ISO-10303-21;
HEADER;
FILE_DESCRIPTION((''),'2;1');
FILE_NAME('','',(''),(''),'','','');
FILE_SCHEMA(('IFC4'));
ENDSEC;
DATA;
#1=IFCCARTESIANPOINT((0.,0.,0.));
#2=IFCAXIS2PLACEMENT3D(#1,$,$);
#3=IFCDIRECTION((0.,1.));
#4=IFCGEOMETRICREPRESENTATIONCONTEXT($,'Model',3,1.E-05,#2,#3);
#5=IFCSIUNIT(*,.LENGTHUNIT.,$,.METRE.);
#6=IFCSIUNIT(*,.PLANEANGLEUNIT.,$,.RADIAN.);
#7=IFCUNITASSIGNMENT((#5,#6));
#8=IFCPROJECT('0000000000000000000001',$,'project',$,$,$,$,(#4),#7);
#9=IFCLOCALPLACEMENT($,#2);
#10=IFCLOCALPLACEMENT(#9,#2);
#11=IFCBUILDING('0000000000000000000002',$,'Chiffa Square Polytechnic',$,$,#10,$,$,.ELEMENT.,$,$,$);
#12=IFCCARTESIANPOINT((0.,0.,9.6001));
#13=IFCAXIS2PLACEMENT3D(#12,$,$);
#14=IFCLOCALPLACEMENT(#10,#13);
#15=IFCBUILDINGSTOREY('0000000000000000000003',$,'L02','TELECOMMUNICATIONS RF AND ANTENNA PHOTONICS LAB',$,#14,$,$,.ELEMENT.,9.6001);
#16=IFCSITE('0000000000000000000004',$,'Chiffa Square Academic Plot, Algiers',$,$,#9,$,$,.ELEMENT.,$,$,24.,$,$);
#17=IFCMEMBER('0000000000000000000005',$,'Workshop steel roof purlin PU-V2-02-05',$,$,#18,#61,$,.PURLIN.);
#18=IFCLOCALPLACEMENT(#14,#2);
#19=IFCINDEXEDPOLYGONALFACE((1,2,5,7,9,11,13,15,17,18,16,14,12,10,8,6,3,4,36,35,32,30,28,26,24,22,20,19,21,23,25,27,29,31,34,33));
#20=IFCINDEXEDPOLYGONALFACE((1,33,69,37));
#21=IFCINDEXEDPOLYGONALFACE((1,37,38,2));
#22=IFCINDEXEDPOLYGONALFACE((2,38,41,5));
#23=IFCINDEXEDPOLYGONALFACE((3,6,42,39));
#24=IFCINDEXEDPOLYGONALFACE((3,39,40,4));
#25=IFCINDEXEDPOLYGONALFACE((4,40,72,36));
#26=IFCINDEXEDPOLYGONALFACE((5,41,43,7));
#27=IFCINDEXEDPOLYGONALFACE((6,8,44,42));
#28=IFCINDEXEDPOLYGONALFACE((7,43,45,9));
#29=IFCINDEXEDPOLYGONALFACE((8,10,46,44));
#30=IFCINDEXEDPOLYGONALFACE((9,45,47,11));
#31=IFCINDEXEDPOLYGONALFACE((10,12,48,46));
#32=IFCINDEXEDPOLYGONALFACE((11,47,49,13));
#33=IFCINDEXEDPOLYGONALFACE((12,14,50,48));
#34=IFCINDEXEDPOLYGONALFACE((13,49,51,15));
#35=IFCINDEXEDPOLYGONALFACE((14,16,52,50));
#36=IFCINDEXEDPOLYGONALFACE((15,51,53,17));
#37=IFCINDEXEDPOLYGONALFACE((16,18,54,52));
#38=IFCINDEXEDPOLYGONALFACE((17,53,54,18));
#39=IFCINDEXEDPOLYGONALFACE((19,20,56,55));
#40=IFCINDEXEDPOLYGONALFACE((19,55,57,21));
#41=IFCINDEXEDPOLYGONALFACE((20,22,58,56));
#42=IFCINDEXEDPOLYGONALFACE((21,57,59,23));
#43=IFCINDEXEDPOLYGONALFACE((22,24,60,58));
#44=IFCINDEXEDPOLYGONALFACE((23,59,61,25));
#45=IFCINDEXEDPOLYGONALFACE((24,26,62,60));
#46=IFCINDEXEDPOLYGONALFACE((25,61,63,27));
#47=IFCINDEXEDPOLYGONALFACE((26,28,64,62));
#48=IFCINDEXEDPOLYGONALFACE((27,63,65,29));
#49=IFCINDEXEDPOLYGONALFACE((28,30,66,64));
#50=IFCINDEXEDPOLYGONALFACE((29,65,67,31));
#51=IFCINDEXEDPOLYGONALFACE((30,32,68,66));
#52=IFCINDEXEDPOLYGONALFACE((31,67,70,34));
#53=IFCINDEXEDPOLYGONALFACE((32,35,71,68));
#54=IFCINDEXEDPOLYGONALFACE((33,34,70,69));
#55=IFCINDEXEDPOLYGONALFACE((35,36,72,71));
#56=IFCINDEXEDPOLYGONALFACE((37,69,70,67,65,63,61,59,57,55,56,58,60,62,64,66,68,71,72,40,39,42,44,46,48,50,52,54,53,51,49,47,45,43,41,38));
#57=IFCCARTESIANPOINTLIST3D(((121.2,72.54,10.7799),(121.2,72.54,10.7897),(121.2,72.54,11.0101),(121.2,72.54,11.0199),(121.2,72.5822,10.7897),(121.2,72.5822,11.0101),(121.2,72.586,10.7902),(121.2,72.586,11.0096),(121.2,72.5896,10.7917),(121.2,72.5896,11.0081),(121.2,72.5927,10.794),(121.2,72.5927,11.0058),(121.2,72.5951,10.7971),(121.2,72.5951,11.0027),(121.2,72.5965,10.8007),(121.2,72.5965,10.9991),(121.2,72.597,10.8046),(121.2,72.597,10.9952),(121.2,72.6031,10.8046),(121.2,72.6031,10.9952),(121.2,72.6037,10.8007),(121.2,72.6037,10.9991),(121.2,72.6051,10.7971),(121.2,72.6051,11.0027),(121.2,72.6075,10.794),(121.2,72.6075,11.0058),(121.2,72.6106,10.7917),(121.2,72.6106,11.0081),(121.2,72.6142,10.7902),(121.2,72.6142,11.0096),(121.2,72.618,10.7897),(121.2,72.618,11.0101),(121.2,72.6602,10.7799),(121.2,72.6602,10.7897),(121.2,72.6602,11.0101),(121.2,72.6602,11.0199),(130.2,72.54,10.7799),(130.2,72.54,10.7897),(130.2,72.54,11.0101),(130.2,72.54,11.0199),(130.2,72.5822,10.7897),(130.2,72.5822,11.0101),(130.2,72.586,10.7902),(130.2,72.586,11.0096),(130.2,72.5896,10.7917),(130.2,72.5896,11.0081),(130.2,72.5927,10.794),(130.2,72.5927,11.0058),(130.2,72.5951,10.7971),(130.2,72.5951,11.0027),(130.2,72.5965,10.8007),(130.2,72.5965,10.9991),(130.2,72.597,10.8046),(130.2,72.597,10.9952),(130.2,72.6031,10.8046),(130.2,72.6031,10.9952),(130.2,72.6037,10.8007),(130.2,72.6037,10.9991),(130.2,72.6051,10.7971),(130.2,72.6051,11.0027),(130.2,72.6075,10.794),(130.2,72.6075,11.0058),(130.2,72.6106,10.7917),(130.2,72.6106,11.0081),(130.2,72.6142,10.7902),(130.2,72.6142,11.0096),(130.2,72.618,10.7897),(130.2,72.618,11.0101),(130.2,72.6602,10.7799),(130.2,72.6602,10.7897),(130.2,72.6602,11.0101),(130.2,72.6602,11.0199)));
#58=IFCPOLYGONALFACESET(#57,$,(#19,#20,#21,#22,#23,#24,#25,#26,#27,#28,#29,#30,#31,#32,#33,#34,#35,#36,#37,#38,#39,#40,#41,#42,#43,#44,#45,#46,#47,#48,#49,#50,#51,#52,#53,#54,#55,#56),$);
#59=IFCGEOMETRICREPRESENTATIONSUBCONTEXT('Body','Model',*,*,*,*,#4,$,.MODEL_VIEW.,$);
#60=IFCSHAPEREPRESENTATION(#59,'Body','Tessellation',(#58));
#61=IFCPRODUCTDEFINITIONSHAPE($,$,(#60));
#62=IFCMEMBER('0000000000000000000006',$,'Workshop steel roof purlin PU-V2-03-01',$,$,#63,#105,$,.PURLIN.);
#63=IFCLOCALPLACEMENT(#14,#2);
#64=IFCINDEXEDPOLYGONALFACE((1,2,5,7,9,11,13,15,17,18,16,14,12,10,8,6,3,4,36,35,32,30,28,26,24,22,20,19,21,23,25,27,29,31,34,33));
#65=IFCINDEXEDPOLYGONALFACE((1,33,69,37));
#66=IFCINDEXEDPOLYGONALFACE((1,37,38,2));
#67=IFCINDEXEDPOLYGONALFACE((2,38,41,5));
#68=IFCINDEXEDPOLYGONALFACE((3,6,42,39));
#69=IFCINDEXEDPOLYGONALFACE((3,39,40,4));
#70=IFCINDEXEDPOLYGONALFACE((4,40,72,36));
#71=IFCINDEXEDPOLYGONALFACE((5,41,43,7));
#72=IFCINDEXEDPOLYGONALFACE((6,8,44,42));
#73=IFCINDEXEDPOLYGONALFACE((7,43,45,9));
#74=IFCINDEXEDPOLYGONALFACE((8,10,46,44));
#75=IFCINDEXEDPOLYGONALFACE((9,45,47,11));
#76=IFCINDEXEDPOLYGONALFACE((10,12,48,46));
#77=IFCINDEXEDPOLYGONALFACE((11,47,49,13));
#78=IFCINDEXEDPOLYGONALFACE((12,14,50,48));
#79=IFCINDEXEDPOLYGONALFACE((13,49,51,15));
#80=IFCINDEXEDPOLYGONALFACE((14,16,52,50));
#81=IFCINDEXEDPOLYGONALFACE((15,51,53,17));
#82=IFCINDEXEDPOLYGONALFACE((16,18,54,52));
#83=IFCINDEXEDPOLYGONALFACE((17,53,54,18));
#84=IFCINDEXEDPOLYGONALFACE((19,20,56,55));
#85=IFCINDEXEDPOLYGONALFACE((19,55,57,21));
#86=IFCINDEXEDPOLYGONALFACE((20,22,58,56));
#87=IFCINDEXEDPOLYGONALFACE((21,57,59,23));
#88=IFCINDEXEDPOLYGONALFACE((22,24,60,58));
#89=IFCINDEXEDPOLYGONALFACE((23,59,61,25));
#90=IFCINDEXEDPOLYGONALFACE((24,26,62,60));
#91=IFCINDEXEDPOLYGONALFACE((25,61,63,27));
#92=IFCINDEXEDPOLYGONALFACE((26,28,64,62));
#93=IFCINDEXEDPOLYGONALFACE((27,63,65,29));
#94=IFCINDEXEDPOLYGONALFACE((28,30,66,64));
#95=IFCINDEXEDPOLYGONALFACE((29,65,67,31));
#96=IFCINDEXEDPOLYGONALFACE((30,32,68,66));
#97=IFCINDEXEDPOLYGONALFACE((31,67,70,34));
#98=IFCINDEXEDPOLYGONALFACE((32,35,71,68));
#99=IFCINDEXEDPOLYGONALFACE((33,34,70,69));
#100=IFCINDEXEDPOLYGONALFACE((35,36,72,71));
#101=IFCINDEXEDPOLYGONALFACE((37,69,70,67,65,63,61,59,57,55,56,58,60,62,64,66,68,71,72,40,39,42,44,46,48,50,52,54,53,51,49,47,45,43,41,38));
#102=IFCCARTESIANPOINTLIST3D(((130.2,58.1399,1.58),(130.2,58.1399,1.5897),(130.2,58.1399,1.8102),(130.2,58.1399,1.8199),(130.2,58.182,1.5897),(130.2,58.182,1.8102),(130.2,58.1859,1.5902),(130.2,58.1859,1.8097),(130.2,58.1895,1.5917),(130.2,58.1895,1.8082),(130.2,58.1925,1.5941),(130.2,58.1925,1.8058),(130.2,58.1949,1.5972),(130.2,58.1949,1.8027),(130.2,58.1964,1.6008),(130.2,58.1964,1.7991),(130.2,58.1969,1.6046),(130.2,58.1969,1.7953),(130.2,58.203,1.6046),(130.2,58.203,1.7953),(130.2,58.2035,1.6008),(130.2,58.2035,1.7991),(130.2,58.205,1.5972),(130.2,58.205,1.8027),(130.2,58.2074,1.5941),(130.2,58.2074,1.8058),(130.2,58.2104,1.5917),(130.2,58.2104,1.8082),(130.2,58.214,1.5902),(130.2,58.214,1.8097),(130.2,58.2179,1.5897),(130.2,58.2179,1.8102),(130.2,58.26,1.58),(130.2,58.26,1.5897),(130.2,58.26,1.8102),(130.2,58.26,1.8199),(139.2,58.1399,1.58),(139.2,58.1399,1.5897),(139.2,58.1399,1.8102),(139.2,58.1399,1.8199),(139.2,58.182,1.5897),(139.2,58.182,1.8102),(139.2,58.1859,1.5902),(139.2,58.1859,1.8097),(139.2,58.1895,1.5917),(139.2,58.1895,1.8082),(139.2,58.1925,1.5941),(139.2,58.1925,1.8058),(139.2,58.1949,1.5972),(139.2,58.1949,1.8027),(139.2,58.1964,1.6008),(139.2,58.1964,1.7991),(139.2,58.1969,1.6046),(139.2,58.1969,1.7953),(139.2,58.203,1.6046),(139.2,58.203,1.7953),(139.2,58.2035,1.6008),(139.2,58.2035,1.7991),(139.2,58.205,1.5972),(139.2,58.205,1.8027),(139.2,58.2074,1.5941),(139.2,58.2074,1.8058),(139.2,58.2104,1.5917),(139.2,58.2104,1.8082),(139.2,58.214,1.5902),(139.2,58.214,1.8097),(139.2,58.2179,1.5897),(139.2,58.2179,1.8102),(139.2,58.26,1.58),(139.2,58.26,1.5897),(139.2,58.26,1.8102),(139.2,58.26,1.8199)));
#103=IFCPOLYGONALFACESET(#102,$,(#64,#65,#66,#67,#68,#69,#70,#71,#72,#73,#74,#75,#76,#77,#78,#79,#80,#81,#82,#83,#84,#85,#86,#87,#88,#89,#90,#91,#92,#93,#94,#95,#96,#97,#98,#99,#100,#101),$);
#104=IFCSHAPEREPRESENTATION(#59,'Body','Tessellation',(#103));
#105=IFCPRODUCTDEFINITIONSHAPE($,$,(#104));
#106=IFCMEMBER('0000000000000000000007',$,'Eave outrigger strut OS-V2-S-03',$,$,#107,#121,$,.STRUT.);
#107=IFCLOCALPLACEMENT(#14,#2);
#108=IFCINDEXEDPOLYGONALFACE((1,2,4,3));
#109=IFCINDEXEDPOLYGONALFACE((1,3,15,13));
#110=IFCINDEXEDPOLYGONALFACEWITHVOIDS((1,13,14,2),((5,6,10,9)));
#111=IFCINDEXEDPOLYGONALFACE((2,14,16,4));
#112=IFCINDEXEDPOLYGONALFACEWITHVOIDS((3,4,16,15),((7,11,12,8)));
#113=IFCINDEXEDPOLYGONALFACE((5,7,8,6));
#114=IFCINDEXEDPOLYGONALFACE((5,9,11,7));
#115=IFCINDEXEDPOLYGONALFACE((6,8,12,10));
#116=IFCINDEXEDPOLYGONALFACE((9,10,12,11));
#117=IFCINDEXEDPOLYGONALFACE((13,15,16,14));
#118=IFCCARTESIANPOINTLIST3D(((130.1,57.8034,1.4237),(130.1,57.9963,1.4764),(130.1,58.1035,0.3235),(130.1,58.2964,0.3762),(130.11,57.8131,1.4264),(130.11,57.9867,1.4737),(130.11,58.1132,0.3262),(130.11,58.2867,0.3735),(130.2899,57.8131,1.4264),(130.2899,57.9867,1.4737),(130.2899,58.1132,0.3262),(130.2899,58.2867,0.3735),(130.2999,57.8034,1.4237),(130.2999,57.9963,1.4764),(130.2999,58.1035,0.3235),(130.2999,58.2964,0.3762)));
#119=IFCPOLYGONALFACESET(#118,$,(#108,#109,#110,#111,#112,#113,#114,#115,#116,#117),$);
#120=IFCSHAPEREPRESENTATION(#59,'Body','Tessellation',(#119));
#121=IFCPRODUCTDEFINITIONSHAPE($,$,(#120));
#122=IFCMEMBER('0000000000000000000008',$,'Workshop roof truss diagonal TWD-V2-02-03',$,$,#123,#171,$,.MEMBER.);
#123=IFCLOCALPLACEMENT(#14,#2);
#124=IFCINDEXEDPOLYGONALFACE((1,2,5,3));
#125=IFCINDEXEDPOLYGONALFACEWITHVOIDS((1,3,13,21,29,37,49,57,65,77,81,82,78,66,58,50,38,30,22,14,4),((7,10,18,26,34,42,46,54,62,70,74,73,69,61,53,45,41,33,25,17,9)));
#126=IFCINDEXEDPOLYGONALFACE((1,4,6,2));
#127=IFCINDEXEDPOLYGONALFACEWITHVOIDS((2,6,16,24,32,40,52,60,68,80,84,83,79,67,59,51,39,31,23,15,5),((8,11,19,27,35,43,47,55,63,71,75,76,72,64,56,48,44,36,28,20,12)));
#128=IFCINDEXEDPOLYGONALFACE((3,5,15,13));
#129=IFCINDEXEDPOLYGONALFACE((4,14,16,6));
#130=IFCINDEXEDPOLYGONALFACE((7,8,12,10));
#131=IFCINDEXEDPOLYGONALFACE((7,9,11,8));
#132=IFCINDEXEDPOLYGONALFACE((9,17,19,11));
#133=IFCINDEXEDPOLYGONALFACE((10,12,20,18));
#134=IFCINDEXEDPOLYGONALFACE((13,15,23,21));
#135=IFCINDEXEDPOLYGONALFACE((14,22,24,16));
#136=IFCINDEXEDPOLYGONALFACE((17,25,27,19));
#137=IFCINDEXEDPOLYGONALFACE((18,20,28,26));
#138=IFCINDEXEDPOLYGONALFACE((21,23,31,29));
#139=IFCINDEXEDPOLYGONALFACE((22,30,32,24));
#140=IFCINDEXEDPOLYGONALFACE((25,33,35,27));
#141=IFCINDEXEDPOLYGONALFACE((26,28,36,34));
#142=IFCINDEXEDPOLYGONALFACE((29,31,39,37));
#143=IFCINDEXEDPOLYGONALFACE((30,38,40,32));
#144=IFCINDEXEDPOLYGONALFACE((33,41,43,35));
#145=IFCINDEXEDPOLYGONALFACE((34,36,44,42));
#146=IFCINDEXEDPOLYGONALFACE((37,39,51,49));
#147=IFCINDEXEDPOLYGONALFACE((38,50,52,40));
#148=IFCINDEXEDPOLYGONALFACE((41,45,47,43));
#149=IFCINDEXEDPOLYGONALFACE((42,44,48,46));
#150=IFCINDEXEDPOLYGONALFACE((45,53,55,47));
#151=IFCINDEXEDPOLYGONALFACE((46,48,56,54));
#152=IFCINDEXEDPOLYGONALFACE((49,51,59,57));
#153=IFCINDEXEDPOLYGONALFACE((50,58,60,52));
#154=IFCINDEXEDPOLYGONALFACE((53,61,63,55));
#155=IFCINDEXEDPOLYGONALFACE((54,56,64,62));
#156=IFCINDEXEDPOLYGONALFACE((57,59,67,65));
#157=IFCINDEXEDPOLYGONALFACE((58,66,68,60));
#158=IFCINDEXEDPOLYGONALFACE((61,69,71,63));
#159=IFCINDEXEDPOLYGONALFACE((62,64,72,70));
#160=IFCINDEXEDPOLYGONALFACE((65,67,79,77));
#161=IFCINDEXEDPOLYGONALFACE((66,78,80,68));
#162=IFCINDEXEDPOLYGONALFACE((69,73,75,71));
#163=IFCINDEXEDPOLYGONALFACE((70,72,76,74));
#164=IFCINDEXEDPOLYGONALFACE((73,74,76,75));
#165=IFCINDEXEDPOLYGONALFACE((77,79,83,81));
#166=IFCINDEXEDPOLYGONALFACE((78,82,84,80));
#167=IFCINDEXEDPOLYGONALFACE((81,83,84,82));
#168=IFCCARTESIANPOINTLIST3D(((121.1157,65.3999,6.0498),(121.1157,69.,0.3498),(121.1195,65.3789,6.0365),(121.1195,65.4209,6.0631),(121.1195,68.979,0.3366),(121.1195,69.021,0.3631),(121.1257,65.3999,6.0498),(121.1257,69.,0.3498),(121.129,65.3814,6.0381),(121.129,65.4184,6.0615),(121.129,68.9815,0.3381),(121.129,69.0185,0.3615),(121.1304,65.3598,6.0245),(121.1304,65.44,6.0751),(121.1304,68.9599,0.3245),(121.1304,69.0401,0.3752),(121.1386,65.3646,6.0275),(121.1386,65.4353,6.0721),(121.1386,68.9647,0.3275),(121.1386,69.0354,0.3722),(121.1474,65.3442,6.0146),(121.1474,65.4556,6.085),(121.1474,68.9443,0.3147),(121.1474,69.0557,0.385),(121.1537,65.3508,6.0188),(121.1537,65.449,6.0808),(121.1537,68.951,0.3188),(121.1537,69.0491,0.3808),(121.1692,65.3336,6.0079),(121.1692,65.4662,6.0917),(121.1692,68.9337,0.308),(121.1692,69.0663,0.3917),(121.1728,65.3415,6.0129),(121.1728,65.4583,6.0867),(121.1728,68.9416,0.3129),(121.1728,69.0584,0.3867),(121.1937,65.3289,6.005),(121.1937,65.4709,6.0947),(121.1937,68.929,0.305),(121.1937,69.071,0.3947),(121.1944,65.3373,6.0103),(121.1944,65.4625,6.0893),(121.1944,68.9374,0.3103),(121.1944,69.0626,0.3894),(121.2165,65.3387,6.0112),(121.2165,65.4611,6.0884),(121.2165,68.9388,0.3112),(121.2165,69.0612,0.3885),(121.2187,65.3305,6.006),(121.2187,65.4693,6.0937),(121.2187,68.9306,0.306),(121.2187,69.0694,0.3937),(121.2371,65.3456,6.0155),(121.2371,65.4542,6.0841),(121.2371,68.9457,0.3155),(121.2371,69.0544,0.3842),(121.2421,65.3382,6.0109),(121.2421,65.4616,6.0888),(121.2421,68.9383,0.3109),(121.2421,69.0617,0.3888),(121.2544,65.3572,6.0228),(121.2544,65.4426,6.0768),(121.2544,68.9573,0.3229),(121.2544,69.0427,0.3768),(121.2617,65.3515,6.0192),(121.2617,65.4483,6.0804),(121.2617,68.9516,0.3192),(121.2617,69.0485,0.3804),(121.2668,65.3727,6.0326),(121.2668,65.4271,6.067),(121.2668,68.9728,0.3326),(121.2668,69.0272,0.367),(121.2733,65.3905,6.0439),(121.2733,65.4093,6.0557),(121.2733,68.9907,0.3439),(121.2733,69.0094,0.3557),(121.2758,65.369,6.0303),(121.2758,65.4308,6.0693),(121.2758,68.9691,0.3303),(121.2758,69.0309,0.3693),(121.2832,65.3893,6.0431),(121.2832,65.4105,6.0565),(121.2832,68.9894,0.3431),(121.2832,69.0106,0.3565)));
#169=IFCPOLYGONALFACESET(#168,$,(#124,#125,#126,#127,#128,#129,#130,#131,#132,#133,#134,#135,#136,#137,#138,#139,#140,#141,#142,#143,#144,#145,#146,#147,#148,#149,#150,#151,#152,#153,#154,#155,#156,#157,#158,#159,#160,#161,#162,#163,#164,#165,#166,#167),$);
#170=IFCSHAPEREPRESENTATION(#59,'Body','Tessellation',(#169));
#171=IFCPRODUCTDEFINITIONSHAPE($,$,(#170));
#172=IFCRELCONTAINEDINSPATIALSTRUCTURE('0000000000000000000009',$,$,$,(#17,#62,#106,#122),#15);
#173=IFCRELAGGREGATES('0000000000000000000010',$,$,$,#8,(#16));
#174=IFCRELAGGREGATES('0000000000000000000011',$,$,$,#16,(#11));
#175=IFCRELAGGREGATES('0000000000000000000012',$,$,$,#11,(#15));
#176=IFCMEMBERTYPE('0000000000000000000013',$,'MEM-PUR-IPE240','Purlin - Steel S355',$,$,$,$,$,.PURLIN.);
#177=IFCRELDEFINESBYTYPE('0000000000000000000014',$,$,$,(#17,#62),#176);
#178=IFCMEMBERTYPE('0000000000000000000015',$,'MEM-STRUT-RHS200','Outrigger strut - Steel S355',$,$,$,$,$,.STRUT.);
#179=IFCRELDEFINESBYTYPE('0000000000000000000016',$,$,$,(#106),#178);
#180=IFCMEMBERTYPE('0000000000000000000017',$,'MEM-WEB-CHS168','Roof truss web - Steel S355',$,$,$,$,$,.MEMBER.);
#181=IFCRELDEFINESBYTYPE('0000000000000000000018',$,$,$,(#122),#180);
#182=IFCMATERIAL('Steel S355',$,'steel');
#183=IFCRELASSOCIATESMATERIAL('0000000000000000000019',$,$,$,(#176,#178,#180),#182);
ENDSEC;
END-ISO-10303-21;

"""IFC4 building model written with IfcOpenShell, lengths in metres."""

from ifc_helpers import new_model, si_unit, direction, frame, origin, origin_2d, place, context, subcontext, project, spatial, hollow_rectangle, hollow_circle, i_section, extrude, material, material_profile, profile_set, type_object, element, save


model = new_model("IFC4")

# Units and contexts
model_context = context("Model", 3, precision=1e-05, world=origin(), true_north=direction((0.0, 1.0)))
body_context = subcontext(model_context, "Body", "Model", "MODEL_VIEW")
ifc_project = project(units=[si_unit("LENGTHUNIT", "METRE"), si_unit("PLANEANGLEUNIT", "RADIAN")], contexts=[model_context])

# Site, building, storey
site_placement = place(None, origin())
site = spatial("IfcSite", under=ifc_project, at=site_placement, Name="Chiffa Square Academic Plot, Algiers", CompositionType="ELEMENT", RefElevation=24.0)
building_placement = place(site_placement, origin())
building = spatial("IfcBuilding", under=site, at=building_placement, Name="Chiffa Square Polytechnic", CompositionType="ELEMENT")
storey_placement = place(building_placement, frame((0.0, 0.0, 9.6001)))
storey = spatial("IfcBuildingStorey", under=building, at=storey_placement, Name="L02", Description="TELECOMMUNICATIONS RF AND ANTENNA PHOTONICS LAB", CompositionType="ELEMENT", Elevation=9.6001)

# Shared definitions
ifc_material_1 = material(Name="Steel S355", Category="steel")

# Members
ifc_material_profile_1 = material_profile(ifc_material_1, i_section(OverallWidth=0.1201, OverallDepth=0.24, WebThickness=0.0061, FlangeThickness=0.0098, FilletRadius=0.0149, at=origin_2d()), Name="IPE 240")
ifc_profile_set_1 = profile_set([ifc_material_profile_1], Name="Steel S355")
member_type_1 = type_object("IfcMemberType", Name="MEM-PUR-IPE240", Description="Purlin - Steel S355", PredefinedType="PURLIN", material=ifc_profile_set_1)
for number, where, z_axis, x_axis, name in (
    (1, (121.2, 72.6001, 10.8999), (1.0, 0.0, 0.0), (0.0, 1.0, 0.0), "Workshop steel roof purlin PU-V2-02-05"),
    (2, (130.2, 58.2, 1.7), (1.0, 0.0, 0.0), (0.0, 1.0, 0.0), "Workshop steel roof purlin PU-V2-03-01"),
):
    element("IfcMember", number, at=place(storey_placement, frame(where, z_axis=z_axis, x_axis=x_axis)), inside=storey, type_object=member_type_1, Name=name, PredefinedType="PURLIN", context=body_context, shape_type="SweptSolid", body=[
        extrude(i_section(OverallWidth=0.1201, OverallDepth=0.24, WebThickness=0.0061, FlangeThickness=0.0098, FilletRadius=0.0149, at=origin_2d()), origin(), (0.0, 0.0, 1.0), 9.0),
    ])
ifc_material_profile_2 = material_profile(ifc_material_1, hollow_rectangle(XDim=0.2, YDim=0.2, WallThickness=0.01, at=origin_2d()), Name="RHS 200x200x10")
ifc_profile_set_2 = profile_set([ifc_material_profile_2], Name="Steel S355")
member_type_2 = type_object("IfcMemberType", Name="MEM-STRUT-RHS200", Description="Outrigger strut - Steel S355", PredefinedType="STRUT", material=ifc_profile_set_2)
member_1_placement = place(storey_placement, frame((130.2, 58.2, 0.3499), z_axis=(0.0, -0.263136, 0.964759), x_axis=(1.0, 0.0, 0.0)))
element("IfcMember", 3, at=member_1_placement, inside=storey, type_object=member_type_2, Name="Eave outrigger strut OS-V2-S-03", PredefinedType="STRUT", context=body_context, shape_type="SweptSolid", body=[
    extrude(hollow_rectangle(XDim=0.2, YDim=0.2, WallThickness=0.01, at=origin_2d()), origin(), (0.0, 0.0, 1.0), 1.1404),
])
ifc_material_profile_3 = material_profile(ifc_material_1, hollow_circle(Radius=0.0842, WallThickness=0.01, at=origin_2d()), Name="CHS 168.3x10")
ifc_profile_set_3 = profile_set([ifc_material_profile_3], Name="Steel S355")
member_type_3 = type_object("IfcMemberType", Name="MEM-WEB-CHS168", Description="Roof truss web - Steel S355", PredefinedType="MEMBER", material=ifc_profile_set_3)
member_2_placement = place(storey_placement, frame((121.2, 65.3999, 6.0498), z_axis=(0.0, 0.534007, -0.84548), x_axis=(-1.0, 0.0, 0.0)))
element("IfcMember", 4, at=member_2_placement, inside=storey, type_object=member_type_3, Name="Workshop roof truss diagonal TWD-V2-02-03", PredefinedType="MEMBER", context=body_context, shape_type="SweptSolid", body=[
    extrude(hollow_circle(Radius=0.0842, WallThickness=0.01, at=origin_2d()), origin(), (0.0, 0.0, 1.0), 6.7417),
])

save(model, "model.ifc")
